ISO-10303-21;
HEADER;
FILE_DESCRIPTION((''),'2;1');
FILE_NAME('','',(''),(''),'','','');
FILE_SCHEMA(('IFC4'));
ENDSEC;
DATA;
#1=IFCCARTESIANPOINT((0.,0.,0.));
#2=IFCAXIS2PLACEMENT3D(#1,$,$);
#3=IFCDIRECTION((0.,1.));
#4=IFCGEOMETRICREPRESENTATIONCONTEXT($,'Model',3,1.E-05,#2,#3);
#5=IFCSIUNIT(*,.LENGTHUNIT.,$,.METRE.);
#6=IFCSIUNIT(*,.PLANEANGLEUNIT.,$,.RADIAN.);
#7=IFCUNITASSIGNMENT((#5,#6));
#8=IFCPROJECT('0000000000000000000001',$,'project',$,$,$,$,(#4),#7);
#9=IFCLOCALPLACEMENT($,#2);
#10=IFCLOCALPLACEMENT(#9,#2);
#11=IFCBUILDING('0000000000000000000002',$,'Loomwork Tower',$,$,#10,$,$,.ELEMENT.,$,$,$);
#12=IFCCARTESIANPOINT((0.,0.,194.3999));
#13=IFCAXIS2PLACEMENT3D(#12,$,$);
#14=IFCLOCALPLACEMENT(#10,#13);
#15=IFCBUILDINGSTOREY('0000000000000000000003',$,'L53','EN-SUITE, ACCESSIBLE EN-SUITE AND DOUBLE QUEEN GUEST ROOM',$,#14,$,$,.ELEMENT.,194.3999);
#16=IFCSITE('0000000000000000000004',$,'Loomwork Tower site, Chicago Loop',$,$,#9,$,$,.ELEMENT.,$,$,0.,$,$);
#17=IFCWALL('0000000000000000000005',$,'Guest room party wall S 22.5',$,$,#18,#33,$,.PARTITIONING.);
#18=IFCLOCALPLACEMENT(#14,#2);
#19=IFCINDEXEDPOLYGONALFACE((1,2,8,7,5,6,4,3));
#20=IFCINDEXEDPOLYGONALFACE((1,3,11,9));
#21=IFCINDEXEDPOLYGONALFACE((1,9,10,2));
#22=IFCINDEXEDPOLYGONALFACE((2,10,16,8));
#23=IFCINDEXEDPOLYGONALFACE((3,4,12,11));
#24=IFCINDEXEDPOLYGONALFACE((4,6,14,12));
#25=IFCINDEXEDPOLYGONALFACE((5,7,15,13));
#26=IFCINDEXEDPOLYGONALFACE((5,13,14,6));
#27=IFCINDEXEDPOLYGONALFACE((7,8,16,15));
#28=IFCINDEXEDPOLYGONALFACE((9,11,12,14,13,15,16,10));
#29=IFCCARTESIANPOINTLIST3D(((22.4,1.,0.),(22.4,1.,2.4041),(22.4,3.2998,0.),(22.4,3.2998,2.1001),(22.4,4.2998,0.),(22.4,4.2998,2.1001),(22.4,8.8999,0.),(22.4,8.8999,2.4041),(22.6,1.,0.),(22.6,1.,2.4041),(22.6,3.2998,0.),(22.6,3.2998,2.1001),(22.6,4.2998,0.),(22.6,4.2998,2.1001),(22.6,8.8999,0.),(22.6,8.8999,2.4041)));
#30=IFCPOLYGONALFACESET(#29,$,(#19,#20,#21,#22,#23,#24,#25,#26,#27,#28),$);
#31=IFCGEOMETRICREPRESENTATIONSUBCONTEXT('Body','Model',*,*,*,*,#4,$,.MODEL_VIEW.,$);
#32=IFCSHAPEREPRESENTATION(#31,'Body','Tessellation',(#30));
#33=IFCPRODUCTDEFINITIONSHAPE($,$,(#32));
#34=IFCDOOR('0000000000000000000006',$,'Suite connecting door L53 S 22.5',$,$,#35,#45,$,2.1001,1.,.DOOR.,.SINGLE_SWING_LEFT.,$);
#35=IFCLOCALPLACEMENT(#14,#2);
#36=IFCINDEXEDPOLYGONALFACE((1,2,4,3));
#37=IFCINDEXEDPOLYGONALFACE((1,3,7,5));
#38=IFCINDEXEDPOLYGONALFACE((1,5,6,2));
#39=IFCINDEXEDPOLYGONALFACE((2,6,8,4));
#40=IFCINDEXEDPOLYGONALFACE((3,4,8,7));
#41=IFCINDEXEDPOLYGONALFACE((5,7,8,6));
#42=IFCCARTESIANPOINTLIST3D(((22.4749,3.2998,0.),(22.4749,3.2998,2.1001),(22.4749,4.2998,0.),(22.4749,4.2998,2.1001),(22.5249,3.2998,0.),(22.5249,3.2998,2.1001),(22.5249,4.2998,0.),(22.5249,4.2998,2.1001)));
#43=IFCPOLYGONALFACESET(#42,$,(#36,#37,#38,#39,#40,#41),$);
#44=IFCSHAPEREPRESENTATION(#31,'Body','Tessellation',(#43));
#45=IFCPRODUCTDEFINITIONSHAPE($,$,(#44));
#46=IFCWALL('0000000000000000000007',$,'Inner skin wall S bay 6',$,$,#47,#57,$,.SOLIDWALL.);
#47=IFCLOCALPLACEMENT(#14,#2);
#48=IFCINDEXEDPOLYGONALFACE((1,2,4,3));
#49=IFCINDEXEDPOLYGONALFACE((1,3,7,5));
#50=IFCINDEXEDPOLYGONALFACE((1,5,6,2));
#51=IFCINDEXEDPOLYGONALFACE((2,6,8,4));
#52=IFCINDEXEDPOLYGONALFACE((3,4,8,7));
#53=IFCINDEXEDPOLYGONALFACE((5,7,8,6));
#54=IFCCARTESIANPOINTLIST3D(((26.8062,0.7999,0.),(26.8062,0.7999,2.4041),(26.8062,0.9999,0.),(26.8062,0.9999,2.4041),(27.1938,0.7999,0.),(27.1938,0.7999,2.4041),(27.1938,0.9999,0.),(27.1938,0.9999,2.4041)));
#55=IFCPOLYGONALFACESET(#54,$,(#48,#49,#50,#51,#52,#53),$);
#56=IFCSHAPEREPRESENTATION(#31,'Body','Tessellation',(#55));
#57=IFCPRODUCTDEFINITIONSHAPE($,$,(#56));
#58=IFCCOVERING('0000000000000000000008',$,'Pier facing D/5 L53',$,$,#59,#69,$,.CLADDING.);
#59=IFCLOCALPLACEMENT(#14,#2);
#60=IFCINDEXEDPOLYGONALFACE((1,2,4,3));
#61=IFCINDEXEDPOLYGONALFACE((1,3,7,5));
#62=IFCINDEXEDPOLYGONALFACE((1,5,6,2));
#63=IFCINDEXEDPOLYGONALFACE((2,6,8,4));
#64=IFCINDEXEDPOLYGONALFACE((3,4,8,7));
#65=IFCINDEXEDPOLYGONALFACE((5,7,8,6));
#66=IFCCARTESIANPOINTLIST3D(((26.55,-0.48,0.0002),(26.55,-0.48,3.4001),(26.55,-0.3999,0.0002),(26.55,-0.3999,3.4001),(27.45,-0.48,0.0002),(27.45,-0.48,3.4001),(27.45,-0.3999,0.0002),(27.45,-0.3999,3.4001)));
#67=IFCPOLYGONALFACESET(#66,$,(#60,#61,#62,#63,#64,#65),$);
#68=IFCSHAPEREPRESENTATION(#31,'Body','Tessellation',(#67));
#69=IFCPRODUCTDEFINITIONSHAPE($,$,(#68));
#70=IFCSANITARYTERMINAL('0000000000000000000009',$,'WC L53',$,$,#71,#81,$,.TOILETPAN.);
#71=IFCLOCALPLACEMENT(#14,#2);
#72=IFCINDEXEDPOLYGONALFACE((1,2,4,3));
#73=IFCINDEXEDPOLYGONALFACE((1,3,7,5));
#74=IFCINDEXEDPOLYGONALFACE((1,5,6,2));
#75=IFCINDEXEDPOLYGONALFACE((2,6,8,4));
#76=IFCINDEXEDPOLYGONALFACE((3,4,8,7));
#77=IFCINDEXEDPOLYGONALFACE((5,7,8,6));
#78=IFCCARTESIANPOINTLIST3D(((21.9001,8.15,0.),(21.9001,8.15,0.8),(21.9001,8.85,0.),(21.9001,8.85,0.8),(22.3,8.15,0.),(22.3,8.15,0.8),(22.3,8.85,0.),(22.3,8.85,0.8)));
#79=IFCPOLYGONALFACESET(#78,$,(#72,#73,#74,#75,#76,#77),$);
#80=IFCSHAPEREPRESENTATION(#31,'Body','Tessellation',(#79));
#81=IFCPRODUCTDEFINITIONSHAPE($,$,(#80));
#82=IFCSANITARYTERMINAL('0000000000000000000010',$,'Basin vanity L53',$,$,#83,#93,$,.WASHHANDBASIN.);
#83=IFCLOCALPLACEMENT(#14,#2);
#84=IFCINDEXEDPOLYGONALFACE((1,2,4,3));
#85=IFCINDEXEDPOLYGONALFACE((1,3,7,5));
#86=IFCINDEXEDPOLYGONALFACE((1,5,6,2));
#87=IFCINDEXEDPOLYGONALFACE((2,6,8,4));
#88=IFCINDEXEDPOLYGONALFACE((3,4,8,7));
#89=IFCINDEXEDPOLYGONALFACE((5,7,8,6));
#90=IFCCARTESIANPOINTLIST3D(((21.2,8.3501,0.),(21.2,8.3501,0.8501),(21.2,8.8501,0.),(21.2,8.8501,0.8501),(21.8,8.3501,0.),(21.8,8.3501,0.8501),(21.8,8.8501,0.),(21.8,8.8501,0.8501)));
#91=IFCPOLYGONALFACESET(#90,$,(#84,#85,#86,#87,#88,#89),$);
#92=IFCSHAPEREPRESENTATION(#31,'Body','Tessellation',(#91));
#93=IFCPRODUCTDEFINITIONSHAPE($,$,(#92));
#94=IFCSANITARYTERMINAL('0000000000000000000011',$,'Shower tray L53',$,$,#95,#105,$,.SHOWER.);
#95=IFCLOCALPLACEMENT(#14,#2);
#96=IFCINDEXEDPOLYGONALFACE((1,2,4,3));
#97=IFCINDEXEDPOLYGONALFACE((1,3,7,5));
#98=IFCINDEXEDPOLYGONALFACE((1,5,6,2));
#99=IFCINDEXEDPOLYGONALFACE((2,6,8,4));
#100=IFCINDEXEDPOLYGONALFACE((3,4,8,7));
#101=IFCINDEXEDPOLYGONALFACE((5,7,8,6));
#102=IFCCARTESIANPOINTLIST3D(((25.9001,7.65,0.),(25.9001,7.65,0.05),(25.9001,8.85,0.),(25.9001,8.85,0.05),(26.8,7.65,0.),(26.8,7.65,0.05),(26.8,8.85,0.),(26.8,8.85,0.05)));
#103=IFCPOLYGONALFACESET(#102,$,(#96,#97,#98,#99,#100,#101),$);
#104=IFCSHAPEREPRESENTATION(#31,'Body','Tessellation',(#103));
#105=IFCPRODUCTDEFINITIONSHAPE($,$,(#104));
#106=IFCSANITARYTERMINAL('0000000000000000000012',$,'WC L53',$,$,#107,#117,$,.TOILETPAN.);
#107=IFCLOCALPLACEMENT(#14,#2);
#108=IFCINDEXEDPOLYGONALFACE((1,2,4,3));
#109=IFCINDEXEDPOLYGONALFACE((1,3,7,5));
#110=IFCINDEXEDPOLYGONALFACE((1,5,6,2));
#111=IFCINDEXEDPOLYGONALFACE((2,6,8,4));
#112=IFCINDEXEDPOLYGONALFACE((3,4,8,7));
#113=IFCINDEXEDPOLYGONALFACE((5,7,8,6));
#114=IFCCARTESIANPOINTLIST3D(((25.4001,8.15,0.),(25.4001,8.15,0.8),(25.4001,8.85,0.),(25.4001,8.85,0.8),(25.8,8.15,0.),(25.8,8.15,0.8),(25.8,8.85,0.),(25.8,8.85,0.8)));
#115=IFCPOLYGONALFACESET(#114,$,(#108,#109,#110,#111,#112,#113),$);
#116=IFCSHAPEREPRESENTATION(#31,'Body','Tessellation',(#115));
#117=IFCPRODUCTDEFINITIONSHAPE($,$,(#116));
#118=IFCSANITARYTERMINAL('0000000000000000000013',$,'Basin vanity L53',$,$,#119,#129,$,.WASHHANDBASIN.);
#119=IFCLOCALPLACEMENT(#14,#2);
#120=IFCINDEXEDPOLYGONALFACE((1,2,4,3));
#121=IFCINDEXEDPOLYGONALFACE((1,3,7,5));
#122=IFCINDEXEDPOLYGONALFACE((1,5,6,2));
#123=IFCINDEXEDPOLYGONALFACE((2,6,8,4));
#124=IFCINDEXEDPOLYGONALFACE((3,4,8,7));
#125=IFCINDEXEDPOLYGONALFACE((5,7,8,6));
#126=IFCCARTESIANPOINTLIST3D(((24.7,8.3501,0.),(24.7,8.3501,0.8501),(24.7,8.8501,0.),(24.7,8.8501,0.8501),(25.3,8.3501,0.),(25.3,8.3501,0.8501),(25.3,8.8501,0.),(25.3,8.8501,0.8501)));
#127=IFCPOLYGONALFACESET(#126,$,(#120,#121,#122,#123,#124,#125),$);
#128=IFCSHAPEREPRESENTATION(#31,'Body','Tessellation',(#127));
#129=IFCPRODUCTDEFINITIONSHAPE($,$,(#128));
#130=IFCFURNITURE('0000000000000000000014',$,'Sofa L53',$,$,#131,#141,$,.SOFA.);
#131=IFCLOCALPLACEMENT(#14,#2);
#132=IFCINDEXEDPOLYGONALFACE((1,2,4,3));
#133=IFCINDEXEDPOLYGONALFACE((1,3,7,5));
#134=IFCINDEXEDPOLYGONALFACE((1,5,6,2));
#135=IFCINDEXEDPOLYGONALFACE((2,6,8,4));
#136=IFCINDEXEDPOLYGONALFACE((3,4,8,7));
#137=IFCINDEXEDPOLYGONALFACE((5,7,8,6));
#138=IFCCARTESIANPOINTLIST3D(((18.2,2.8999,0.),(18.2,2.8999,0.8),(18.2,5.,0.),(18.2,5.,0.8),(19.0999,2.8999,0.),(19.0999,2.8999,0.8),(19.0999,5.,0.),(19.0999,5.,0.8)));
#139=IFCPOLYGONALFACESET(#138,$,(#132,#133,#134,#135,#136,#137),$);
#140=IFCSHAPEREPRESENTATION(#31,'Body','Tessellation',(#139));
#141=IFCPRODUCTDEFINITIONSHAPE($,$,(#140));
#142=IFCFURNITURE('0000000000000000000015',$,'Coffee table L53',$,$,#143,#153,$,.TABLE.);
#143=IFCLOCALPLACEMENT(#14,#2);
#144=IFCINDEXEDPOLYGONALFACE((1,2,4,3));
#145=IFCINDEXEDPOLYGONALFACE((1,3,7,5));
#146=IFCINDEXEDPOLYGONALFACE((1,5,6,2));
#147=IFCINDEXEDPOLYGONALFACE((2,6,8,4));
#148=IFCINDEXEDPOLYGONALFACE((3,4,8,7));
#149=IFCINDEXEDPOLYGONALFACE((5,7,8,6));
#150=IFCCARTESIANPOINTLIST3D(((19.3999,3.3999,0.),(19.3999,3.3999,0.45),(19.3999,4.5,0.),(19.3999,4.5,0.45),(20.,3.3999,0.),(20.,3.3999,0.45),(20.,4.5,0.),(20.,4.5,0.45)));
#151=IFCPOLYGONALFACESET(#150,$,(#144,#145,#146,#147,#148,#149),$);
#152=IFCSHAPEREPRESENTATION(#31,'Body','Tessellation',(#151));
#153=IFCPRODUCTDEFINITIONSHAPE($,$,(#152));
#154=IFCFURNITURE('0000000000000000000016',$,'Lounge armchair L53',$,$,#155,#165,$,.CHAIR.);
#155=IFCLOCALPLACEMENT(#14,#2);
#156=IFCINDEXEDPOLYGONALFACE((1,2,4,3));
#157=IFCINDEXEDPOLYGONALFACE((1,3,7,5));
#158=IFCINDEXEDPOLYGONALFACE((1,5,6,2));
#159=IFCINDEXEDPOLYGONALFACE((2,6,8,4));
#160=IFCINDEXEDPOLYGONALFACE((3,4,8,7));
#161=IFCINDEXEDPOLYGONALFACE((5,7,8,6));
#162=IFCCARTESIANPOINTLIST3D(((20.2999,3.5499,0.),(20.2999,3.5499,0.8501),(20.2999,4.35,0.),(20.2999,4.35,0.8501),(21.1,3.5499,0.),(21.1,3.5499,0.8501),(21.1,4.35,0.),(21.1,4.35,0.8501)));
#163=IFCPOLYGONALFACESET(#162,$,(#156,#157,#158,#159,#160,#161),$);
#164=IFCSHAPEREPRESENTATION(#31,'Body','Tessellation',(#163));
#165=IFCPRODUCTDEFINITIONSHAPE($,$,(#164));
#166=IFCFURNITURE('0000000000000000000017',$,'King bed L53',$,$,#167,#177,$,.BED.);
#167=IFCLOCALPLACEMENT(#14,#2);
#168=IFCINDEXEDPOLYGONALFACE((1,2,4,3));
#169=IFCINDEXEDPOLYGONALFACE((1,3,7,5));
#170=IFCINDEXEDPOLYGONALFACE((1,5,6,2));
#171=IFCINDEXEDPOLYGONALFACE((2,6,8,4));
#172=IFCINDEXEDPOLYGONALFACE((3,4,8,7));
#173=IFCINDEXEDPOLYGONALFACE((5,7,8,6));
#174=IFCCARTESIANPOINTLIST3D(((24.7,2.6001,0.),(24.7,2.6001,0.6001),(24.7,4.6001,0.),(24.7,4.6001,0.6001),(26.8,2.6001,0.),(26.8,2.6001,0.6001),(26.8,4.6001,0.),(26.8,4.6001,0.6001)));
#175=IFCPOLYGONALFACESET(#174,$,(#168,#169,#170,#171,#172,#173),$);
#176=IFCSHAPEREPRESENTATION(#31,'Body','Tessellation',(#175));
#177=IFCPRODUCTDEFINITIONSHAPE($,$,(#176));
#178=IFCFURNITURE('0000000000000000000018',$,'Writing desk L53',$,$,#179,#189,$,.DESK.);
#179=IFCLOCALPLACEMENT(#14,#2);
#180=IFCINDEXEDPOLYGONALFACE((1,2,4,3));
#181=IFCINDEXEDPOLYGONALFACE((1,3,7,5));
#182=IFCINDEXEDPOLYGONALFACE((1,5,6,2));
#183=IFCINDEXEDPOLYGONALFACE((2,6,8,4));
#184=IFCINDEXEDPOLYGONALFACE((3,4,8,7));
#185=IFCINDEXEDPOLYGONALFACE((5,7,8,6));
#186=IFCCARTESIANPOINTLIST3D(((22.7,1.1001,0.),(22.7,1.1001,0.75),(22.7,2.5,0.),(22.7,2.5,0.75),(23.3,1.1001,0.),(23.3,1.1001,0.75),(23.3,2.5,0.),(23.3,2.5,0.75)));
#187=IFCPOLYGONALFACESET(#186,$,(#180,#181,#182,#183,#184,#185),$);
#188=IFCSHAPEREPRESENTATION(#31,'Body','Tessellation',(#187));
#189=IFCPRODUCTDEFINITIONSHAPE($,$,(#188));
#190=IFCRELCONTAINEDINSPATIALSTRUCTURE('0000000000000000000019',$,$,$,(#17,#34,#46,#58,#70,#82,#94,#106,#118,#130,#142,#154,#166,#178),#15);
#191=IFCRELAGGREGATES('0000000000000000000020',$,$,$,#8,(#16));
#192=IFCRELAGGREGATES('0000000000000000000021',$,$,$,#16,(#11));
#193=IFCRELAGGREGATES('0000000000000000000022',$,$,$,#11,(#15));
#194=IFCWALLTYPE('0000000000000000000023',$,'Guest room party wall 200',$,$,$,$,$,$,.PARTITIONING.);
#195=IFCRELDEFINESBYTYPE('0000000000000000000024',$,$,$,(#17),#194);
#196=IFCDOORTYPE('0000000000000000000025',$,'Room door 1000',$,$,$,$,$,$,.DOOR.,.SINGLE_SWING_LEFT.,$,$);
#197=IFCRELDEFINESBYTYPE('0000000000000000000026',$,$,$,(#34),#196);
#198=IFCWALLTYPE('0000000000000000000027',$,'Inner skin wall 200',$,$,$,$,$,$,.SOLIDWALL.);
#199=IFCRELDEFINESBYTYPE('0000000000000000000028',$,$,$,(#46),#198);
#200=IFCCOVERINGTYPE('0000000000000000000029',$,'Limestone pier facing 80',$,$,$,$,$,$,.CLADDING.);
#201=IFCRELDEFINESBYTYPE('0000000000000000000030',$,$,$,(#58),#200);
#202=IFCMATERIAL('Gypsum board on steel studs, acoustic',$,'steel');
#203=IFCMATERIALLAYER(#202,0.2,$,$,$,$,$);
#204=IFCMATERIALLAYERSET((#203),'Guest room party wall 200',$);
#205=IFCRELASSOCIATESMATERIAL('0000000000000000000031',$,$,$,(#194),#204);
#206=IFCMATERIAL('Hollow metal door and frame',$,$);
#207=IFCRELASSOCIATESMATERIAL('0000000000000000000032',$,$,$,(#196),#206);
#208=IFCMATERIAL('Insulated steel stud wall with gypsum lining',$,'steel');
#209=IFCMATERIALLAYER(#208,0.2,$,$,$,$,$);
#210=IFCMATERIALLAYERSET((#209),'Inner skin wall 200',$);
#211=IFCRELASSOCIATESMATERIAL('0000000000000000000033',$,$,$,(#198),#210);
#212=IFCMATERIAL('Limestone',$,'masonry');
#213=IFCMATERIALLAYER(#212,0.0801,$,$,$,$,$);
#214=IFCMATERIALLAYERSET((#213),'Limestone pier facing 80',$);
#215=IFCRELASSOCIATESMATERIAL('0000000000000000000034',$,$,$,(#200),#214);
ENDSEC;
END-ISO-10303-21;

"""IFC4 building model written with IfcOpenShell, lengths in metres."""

from ifc_helpers import new_model, si_unit, direction, frame, frame_2d, origin, origin_2d, place, context, subcontext, project, spatial, rectangle, extrude, material, layer, layer_set, type_object, element, fill, save


model = new_model("IFC4")

# Units and contexts
model_context = context("Model", 3, precision=1e-05, world=origin(), true_north=direction((0.0, 1.0)))
body_context = subcontext(model_context, "Body", "Model", "MODEL_VIEW")
ifc_project = project(units=[si_unit("LENGTHUNIT", "METRE"), si_unit("PLANEANGLEUNIT", "RADIAN")], contexts=[model_context])

# Site, building, storey
site_placement = place(None, origin())
site = spatial("IfcSite", under=ifc_project, at=site_placement, Name="Loomwork Tower site, Chicago Loop", CompositionType="ELEMENT", RefElevation=0.0)
building_placement = place(site_placement, origin())
building = spatial("IfcBuilding", under=site, at=building_placement, Name="Loomwork Tower", CompositionType="ELEMENT")
storey_placement = place(building_placement, frame((0.0, 0.0, 194.3999)))
storey = spatial("IfcBuildingStorey", under=building, at=storey_placement, Name="L53", Description="EN-SUITE, ACCESSIBLE EN-SUITE AND DOUBLE QUEEN GUEST ROOM", CompositionType="ELEMENT", Elevation=194.3999)

# Wall, opening, door
ifc_material_1 = material(Name="Gypsum board on steel studs, acoustic", Category="steel")
ifc_layer_1 = layer(ifc_material_1, 0.2)
ifc_layer_set_1 = layer_set([ifc_layer_1], Name="Guest room party wall 200")
wall_type_1 = type_object("IfcWallType", Name="Guest room party wall 200", PredefinedType="PARTITIONING", material=ifc_layer_set_1)
wall_1_placement = place(storey_placement, frame((22.5, 8.8999, 0.0), z_axis=(0.0, 0.0, 1.0), x_axis=(0.0, -1.0, 0.0)))
wall_1 = element("IfcWall", 1, at=wall_1_placement, inside=storey, type_object=wall_type_1, Name="Guest room party wall S 22.5", PredefinedType="PARTITIONING", context=body_context, shape_type="SweptSolid", body=[
    extrude(rectangle(XDim=7.8999, YDim=0.2, at=frame_2d((3.95, 0.0))), origin(), (0.0, 0.0, 1.0), 2.4041),
])
opening_1_placement = place(wall_1_placement, frame((4.6001, 0.0, 0.0)))
opening_1 = element("IfcOpeningElement", 2, at=opening_1_placement, cuts=wall_1, PredefinedType="OPENING", context=body_context, shape_type="SweptSolid", body=[
    extrude(rectangle(XDim=1.0, YDim=2.1001, at=frame_2d((0.5, 1.05))), frame((0.0, 0.1099, 0.0), z_axis=(0.0, -1.0, 0.0), x_axis=(1.0, 0.0, 0.0)), (0.0, 0.0, 1.0), 0.22),
])
ifc_material_2 = material(Name="Hollow metal door and frame")
door_type_1 = type_object("IfcDoorType", Name="Room door 1000", OperationType="SINGLE_SWING_LEFT", PredefinedType="DOOR", material=ifc_material_2)
door_1_placement = place(opening_1_placement, origin())
door_1 = element("IfcDoor", 3, at=door_1_placement, inside=storey, type_object=door_type_1, Name="Suite connecting door L53 S 22.5", OperationType="SINGLE_SWING_LEFT", OverallHeight=2.1001, OverallWidth=1.0, PredefinedType="DOOR", context=body_context, shape_type="SweptSolid", body=[
    extrude(rectangle(XDim=1.0, YDim=2.1001, at=frame_2d((0.5, 1.05))), frame((0.0, 0.0249, 0.0), z_axis=(0.0, -1.0, 0.0), x_axis=(1.0, 0.0, 0.0)), (0.0, 0.0, 1.0), 0.05),
])
fill(opening_1, door_1)

# Wall
ifc_material_3 = material(Name="Insulated steel stud wall with gypsum lining", Category="steel")
ifc_layer_2 = layer(ifc_material_3, 0.2)
ifc_layer_set_2 = layer_set([ifc_layer_2], Name="Inner skin wall 200")
wall_type_2 = type_object("IfcWallType", Name="Inner skin wall 200", PredefinedType="SOLIDWALL", material=ifc_layer_set_2)
wall_2_placement = place(storey_placement, frame((26.8062, 0.8999, 0.0), z_axis=(0.0, 0.0, 1.0), x_axis=(1.0, 0.0, 0.0)))
element("IfcWall", 4, at=wall_2_placement, inside=storey, type_object=wall_type_2, Name="Inner skin wall S bay 6", PredefinedType="SOLIDWALL", context=body_context, shape_type="SweptSolid", body=[
    extrude(rectangle(XDim=0.3877, YDim=0.2, at=frame_2d((0.1938, 0.0))), origin(), (0.0, 0.0, 1.0), 2.4041),
])

# Covering
ifc_material_4 = material(Name="Limestone", Category="masonry")
ifc_layer_3 = layer(ifc_material_4, 0.0801)
ifc_layer_set_3 = layer_set([ifc_layer_3], Name="Limestone pier facing 80")
covering_type = type_object("IfcCoveringType", Name="Limestone pier facing 80", PredefinedType="CLADDING", material=ifc_layer_set_3)
covering_placement = place(storey_placement, frame((27.0, -0.4399, 0.0002), z_axis=(0.0, 0.0, 1.0), x_axis=(1.0, 0.0, 0.0)))
element("IfcCovering", 5, at=covering_placement, inside=storey, type_object=covering_type, Name="Pier facing D/5 L53", PredefinedType="CLADDING", context=body_context, shape_type="SweptSolid", body=[
    extrude(rectangle(XDim=0.8999, YDim=0.0801, at=origin_2d()), origin(), (0.0, 0.0, 1.0), 3.3999),
])

# Sanitary terminals
sanitary_terminal_1_placement = place(storey_placement, frame((22.1001, 8.5, 0.0), z_axis=(0.0, 0.0, 1.0), x_axis=(1.0, 0.0, 0.0)))
element("IfcSanitaryTerminal", 6, at=sanitary_terminal_1_placement, inside=storey, Name="WC L53", PredefinedType="TOILETPAN", context=body_context, shape_type="SweptSolid", body=[
    extrude(rectangle(XDim=0.3999, YDim=0.7, at=origin_2d()), origin(), (0.0, 0.0, 1.0), 0.8),
])
sanitary_terminal_2_placement = place(storey_placement, frame((21.5, 8.6001, 0.0), z_axis=(0.0, 0.0, 1.0), x_axis=(1.0, 0.0, 0.0)))
element("IfcSanitaryTerminal", 7, at=sanitary_terminal_2_placement, inside=storey, Name="Basin vanity L53", PredefinedType="WASHHANDBASIN", context=body_context, shape_type="SweptSolid", body=[
    extrude(rectangle(XDim=0.6001, YDim=0.5, at=origin_2d()), origin(), (0.0, 0.0, 1.0), 0.8501),
])
sanitary_terminal_3_placement = place(storey_placement, frame((26.3501, 8.25, 0.0), z_axis=(0.0, 0.0, 1.0), x_axis=(1.0, 0.0, 0.0)))
element("IfcSanitaryTerminal", 8, at=sanitary_terminal_3_placement, inside=storey, Name="Shower tray L53", PredefinedType="SHOWER", context=body_context, shape_type="SweptSolid", body=[
    extrude(rectangle(XDim=0.8999, YDim=1.2, at=origin_2d()), origin(), (0.0, 0.0, 1.0), 0.05),
])
sanitary_terminal_4_placement = place(storey_placement, frame((25.6001, 8.5, 0.0), z_axis=(0.0, 0.0, 1.0), x_axis=(1.0, 0.0, 0.0)))
element("IfcSanitaryTerminal", 9, at=sanitary_terminal_4_placement, inside=storey, Name="WC L53", PredefinedType="TOILETPAN", context=body_context, shape_type="SweptSolid", body=[
    extrude(rectangle(XDim=0.3999, YDim=0.7, at=origin_2d()), origin(), (0.0, 0.0, 1.0), 0.8),
])
sanitary_terminal_5_placement = place(storey_placement, frame((25.0, 8.6001, 0.0), z_axis=(0.0, 0.0, 1.0), x_axis=(1.0, 0.0, 0.0)))
element("IfcSanitaryTerminal", 10, at=sanitary_terminal_5_placement, inside=storey, Name="Basin vanity L53", PredefinedType="WASHHANDBASIN", context=body_context, shape_type="SweptSolid", body=[
    extrude(rectangle(XDim=0.6001, YDim=0.5, at=origin_2d()), origin(), (0.0, 0.0, 1.0), 0.8501),
])

# Furniture
furniture_1_placement = place(storey_placement, frame((18.6499, 3.95, 0.0), z_axis=(0.0, 0.0, 1.0), x_axis=(1.0, 0.0, 0.0)))
element("IfcFurniture", 11, at=furniture_1_placement, inside=storey, Name="Sofa L53", PredefinedType="SOFA", context=body_context, shape_type="SweptSolid", body=[
    extrude(rectangle(XDim=0.8999, YDim=2.1001, at=origin_2d()), origin(), (0.0, 0.0, 1.0), 0.8),
])
furniture_2_placement = place(storey_placement, frame((19.7, 3.95, 0.0), z_axis=(0.0, 0.0, 1.0), x_axis=(1.0, 0.0, 0.0)))
element("IfcFurniture", 12, at=furniture_2_placement, inside=storey, Name="Coffee table L53", PredefinedType="TABLE", context=body_context, shape_type="SweptSolid", body=[
    extrude(rectangle(XDim=0.6001, YDim=1.1001, at=origin_2d()), origin(), (0.0, 0.0, 1.0), 0.45),
])
furniture_3_placement = place(storey_placement, frame((20.7, 3.95, 0.0), z_axis=(0.0, 0.0, 1.0), x_axis=(1.0, 0.0, 0.0)))
element("IfcFurniture", 13, at=furniture_3_placement, inside=storey, Name="Lounge armchair L53", PredefinedType="CHAIR", context=body_context, shape_type="SweptSolid", body=[
    extrude(rectangle(XDim=0.8, YDim=0.8, at=origin_2d()), origin(), (0.0, 0.0, 1.0), 0.8501),
])
furniture_4_placement = place(storey_placement, frame((25.75, 3.6001, 0.0), z_axis=(0.0, 0.0, 1.0), x_axis=(1.0, 0.0, 0.0)))
element("IfcFurniture", 14, at=furniture_4_placement, inside=storey, Name="King bed L53", PredefinedType="BED", context=body_context, shape_type="SweptSolid", body=[
    extrude(rectangle(XDim=2.1001, YDim=2.0, at=origin_2d()), origin(), (0.0, 0.0, 1.0), 0.6001),
])
furniture_5_placement = place(storey_placement, frame((23.0, 1.8, 0.0), z_axis=(0.0, 0.0, 1.0), x_axis=(1.0, 0.0, 0.0)))
element("IfcFurniture", 15, at=furniture_5_placement, inside=storey, Name="Writing desk L53", PredefinedType="DESK", context=body_context, shape_type="SweptSolid", body=[
    extrude(rectangle(XDim=0.6001, YDim=1.3999, at=origin_2d()), origin(), (0.0, 0.0, 1.0), 0.75),
])

save(model, "model.ifc")
